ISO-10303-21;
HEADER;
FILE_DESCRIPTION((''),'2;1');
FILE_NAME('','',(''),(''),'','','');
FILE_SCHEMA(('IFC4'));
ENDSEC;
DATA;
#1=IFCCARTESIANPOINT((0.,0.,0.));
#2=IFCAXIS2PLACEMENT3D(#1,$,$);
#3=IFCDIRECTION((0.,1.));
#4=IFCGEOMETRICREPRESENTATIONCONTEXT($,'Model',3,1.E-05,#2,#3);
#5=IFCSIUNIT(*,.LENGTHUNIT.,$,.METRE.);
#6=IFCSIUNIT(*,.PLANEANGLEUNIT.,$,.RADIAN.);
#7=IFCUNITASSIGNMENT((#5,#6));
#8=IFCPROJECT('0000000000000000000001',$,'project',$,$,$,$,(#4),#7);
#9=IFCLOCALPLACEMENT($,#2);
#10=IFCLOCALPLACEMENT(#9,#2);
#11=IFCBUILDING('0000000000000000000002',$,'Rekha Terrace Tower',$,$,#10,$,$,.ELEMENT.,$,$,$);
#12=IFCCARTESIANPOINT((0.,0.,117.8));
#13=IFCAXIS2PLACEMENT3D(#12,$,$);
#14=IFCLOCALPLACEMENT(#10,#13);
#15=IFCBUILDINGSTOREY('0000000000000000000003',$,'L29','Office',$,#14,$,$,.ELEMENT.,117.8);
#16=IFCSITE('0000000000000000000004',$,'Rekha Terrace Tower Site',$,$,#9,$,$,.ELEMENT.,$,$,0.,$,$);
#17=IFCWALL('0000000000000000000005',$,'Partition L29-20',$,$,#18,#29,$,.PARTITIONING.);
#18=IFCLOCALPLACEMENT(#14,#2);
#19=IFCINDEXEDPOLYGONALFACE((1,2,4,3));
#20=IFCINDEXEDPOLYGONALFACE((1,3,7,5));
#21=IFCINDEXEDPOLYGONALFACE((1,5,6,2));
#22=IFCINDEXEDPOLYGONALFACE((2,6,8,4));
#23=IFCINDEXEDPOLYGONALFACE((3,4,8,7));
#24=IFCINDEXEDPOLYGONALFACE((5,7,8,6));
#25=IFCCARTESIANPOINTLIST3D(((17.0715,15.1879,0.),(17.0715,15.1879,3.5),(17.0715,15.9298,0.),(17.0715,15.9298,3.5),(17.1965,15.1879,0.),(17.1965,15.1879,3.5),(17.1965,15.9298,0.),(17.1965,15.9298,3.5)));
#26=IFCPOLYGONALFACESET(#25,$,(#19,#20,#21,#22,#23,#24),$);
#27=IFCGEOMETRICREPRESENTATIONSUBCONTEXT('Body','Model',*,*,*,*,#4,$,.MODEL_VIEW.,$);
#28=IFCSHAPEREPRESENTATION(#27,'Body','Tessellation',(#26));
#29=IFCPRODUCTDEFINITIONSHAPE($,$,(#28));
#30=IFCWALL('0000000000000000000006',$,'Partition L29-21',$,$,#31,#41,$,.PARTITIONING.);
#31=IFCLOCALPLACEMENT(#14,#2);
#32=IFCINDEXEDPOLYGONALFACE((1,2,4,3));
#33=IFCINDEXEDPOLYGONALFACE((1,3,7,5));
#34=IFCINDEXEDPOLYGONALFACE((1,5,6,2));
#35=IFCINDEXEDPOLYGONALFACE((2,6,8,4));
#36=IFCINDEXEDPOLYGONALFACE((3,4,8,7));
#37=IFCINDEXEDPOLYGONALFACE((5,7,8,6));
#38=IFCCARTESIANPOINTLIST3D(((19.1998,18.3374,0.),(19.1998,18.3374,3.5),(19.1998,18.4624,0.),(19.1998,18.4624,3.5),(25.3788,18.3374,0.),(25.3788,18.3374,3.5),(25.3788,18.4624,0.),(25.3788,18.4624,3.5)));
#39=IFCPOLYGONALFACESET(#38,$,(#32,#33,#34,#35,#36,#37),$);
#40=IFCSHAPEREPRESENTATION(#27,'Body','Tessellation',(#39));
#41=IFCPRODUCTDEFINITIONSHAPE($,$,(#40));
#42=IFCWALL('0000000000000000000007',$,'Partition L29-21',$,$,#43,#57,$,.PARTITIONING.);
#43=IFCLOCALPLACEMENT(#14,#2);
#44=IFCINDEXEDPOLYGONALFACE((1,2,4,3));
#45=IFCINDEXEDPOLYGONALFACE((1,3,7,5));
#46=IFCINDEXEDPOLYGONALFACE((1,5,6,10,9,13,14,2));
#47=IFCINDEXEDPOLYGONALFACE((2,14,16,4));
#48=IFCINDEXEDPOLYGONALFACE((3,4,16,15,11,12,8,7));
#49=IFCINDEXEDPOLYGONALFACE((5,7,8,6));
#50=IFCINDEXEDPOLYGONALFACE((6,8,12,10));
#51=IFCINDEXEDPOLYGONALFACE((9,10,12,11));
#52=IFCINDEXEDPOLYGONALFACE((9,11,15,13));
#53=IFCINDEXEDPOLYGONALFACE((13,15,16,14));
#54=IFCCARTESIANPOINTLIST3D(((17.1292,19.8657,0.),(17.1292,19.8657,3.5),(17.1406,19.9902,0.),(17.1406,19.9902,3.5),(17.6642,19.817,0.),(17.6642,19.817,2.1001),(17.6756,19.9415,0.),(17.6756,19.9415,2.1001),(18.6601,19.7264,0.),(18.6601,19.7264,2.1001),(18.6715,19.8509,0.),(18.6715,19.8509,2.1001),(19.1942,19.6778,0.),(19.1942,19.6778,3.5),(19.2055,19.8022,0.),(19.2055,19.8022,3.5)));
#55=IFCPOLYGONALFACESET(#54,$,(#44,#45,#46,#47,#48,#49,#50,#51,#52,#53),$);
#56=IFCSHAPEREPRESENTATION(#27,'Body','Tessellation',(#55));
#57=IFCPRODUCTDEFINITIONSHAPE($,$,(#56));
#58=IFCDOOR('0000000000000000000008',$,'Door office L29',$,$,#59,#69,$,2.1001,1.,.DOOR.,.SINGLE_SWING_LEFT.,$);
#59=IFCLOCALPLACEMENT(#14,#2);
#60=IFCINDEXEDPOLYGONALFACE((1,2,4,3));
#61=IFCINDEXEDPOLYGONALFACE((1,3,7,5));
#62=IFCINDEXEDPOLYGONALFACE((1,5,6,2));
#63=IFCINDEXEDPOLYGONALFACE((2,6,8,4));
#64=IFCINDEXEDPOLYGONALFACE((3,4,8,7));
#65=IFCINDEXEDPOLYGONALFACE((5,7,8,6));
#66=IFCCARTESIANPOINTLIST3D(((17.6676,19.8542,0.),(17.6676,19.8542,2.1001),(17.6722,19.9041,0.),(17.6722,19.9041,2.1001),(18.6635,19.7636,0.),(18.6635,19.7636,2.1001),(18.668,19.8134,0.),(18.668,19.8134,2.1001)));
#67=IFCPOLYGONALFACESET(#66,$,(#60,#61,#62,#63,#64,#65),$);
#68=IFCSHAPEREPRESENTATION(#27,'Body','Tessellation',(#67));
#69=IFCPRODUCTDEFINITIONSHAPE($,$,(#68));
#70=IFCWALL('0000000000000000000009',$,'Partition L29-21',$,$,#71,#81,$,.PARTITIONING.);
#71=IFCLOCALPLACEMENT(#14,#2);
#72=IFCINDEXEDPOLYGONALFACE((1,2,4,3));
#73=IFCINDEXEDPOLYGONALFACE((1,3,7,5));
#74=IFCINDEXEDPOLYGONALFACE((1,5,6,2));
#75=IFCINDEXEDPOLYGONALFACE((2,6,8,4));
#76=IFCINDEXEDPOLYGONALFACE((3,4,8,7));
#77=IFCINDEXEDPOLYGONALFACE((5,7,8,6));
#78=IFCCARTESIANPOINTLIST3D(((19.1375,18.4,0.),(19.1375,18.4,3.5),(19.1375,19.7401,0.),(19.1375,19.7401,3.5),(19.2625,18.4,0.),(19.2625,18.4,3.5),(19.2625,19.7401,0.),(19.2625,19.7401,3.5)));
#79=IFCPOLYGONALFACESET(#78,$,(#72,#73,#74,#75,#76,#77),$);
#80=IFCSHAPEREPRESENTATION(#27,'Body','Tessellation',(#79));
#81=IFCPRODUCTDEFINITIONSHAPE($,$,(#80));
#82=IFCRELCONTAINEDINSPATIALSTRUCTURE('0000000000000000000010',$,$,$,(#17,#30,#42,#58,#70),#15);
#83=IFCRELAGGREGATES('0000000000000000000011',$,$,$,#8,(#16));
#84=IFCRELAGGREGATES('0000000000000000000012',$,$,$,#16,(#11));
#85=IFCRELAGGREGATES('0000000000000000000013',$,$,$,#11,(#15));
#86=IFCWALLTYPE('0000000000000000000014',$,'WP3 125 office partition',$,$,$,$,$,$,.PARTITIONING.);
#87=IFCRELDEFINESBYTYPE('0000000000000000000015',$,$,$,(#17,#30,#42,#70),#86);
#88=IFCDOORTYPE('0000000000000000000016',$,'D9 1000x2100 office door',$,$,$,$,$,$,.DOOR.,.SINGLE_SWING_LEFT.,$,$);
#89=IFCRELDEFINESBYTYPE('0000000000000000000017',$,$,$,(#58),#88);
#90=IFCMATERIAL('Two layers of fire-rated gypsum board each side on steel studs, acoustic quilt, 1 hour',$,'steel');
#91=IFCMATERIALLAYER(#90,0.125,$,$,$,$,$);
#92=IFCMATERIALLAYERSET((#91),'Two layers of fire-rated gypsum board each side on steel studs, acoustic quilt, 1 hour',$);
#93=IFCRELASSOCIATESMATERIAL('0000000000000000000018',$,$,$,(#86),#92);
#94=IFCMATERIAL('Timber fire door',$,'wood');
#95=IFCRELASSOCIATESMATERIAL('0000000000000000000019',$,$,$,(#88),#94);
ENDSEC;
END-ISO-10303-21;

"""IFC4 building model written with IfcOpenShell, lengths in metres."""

from ifc_helpers import new_model, si_unit, direction, frame, frame_2d, origin, place, context, subcontext, project, spatial, rectangle, extrude, material, layer, layer_set, type_object, element, fill, save


model = new_model("IFC4")

# Units and contexts
model_context = context("Model", 3, precision=1e-05, world=origin(), true_north=direction((0.0, 1.0)))
body_context = subcontext(model_context, "Body", "Model", "MODEL_VIEW")
ifc_project = project(units=[si_unit("LENGTHUNIT", "METRE"), si_unit("PLANEANGLEUNIT", "RADIAN")], contexts=[model_context])

# Site, building, storey
site_placement = place(None, origin())
site = spatial("IfcSite", under=ifc_project, at=site_placement, Name="Rekha Terrace Tower Site", CompositionType="ELEMENT", RefElevation=0.0)
building_placement = place(site_placement, origin())
building = spatial("IfcBuilding", under=site, at=building_placement, Name="Rekha Terrace Tower", CompositionType="ELEMENT")
storey_placement = place(building_placement, frame((0.0, 0.0, 117.8)))
storey = spatial("IfcBuildingStorey", under=building, at=storey_placement, Name="L29", Description="Office", CompositionType="ELEMENT", Elevation=117.8)

# Walls
ifc_material_1 = material(Name="Two layers of fire-rated gypsum board each side on steel studs, acoustic quilt, 1 hour", Category="steel")
ifc_layer_1 = layer(ifc_material_1, 0.125)
ifc_layer_set_1 = layer_set([ifc_layer_1], Name="Two layers of fire-rated gypsum board each side on steel studs, acoustic quilt, 1 hour")
wall_type_1 = type_object("IfcWallType", Name="WP3 125 office partition", PredefinedType="PARTITIONING", material=ifc_layer_set_1)
wall_1_placement = place(storey_placement, frame((17.134, 15.9299, 0.0), z_axis=(0.0, 0.0, 1.0), x_axis=(0.0, -1.0, 0.0)))
element("IfcWall", 1, at=wall_1_placement, inside=storey, type_object=wall_type_1, Name="Partition L29-20", PredefinedType="PARTITIONING", context=body_context, shape_type="SweptSolid", body=[
    extrude(rectangle(XDim=0.7419, YDim=0.125, at=frame_2d((0.3711, 0.0))), origin(), (0.0, 0.0, 1.0), 3.5),
])
wall_2_placement = place(storey_placement, frame((19.2, 18.3999, 0.0), z_axis=(0.0, 0.0, 1.0), x_axis=(1.0, 0.0, 0.0)))
element("IfcWall", 2, at=wall_2_placement, inside=storey, type_object=wall_type_1, Name="Partition L29-21", PredefinedType="PARTITIONING", context=body_context, shape_type="SweptSolid", body=[
    extrude(rectangle(XDim=6.179, YDim=0.125, at=frame_2d((3.0894, 0.0))), origin(), (0.0, 0.0, 1.0), 3.5),
])

# Wall, opening, door
wall_3_placement = place(storey_placement, frame((17.135, 19.928, 0.0), z_axis=(0.0, 0.0, 1.0), x_axis=(0.995882, -0.090663, 0.0)))
wall_3 = element("IfcWall", 3, at=wall_3_placement, inside=storey, type_object=wall_type_1, Name="Partition L29-21", PredefinedType="PARTITIONING", context=body_context, shape_type="SweptSolid", body=[
    extrude(rectangle(XDim=2.0735, YDim=0.125, at=frame_2d((1.0366, 0.0))), origin(), (0.0, 0.0, 1.0), 3.5),
])
opening_placement = place(wall_3_placement, frame((0.5371, 0.0, 0.0)))
opening = element("IfcOpeningElement", 4, at=opening_placement, cuts=wall_3, PredefinedType="OPENING", context=body_context, shape_type="SweptSolid", body=[
    extrude(rectangle(XDim=1.0, YDim=2.1001, at=frame_2d((0.5, 1.05))), frame((0.0, 0.0725, 0.0), z_axis=(0.0, -1.0, 0.0), x_axis=(1.0, 0.0, 0.0)), (0.0, 0.0, 1.0), 0.145),
])
ifc_material_2 = material(Name="Timber fire door", Category="wood")
door_type = type_object("IfcDoorType", Name="D9 1000x2100 office door", OperationType="SINGLE_SWING_LEFT", PredefinedType="DOOR", material=ifc_material_2)
door_placement = place(opening_placement, origin())
door = element("IfcDoor", 5, at=door_placement, inside=storey, type_object=door_type, Name="Door office L29", OperationType="SINGLE_SWING_LEFT", OverallHeight=2.1001, OverallWidth=1.0, PredefinedType="DOOR", context=body_context, shape_type="SweptSolid", body=[
    extrude(rectangle(XDim=1.0, YDim=2.1001, at=frame_2d((0.5, 1.05))), frame((0.0, 0.0249, 0.0), z_axis=(0.0, -1.0, 0.0), x_axis=(1.0, 0.0, 0.0)), (0.0, 0.0, 1.0), 0.05),
])
fill(opening, door)

# Wall
wall_4_placement = place(storey_placement, frame((19.2, 19.74, 0.0), z_axis=(0.0, 0.0, 1.0), x_axis=(0.0, -1.0, 0.0)))
element("IfcWall", 6, at=wall_4_placement, inside=storey, type_object=wall_type_1, Name="Partition L29-21", PredefinedType="PARTITIONING", context=body_context, shape_type="SweptSolid", body=[
    extrude(rectangle(XDim=1.3401, YDim=0.125, at=frame_2d((0.6699, 0.0))), origin(), (0.0, 0.0, 1.0), 3.5),
])

save(model, "model.ifc")
